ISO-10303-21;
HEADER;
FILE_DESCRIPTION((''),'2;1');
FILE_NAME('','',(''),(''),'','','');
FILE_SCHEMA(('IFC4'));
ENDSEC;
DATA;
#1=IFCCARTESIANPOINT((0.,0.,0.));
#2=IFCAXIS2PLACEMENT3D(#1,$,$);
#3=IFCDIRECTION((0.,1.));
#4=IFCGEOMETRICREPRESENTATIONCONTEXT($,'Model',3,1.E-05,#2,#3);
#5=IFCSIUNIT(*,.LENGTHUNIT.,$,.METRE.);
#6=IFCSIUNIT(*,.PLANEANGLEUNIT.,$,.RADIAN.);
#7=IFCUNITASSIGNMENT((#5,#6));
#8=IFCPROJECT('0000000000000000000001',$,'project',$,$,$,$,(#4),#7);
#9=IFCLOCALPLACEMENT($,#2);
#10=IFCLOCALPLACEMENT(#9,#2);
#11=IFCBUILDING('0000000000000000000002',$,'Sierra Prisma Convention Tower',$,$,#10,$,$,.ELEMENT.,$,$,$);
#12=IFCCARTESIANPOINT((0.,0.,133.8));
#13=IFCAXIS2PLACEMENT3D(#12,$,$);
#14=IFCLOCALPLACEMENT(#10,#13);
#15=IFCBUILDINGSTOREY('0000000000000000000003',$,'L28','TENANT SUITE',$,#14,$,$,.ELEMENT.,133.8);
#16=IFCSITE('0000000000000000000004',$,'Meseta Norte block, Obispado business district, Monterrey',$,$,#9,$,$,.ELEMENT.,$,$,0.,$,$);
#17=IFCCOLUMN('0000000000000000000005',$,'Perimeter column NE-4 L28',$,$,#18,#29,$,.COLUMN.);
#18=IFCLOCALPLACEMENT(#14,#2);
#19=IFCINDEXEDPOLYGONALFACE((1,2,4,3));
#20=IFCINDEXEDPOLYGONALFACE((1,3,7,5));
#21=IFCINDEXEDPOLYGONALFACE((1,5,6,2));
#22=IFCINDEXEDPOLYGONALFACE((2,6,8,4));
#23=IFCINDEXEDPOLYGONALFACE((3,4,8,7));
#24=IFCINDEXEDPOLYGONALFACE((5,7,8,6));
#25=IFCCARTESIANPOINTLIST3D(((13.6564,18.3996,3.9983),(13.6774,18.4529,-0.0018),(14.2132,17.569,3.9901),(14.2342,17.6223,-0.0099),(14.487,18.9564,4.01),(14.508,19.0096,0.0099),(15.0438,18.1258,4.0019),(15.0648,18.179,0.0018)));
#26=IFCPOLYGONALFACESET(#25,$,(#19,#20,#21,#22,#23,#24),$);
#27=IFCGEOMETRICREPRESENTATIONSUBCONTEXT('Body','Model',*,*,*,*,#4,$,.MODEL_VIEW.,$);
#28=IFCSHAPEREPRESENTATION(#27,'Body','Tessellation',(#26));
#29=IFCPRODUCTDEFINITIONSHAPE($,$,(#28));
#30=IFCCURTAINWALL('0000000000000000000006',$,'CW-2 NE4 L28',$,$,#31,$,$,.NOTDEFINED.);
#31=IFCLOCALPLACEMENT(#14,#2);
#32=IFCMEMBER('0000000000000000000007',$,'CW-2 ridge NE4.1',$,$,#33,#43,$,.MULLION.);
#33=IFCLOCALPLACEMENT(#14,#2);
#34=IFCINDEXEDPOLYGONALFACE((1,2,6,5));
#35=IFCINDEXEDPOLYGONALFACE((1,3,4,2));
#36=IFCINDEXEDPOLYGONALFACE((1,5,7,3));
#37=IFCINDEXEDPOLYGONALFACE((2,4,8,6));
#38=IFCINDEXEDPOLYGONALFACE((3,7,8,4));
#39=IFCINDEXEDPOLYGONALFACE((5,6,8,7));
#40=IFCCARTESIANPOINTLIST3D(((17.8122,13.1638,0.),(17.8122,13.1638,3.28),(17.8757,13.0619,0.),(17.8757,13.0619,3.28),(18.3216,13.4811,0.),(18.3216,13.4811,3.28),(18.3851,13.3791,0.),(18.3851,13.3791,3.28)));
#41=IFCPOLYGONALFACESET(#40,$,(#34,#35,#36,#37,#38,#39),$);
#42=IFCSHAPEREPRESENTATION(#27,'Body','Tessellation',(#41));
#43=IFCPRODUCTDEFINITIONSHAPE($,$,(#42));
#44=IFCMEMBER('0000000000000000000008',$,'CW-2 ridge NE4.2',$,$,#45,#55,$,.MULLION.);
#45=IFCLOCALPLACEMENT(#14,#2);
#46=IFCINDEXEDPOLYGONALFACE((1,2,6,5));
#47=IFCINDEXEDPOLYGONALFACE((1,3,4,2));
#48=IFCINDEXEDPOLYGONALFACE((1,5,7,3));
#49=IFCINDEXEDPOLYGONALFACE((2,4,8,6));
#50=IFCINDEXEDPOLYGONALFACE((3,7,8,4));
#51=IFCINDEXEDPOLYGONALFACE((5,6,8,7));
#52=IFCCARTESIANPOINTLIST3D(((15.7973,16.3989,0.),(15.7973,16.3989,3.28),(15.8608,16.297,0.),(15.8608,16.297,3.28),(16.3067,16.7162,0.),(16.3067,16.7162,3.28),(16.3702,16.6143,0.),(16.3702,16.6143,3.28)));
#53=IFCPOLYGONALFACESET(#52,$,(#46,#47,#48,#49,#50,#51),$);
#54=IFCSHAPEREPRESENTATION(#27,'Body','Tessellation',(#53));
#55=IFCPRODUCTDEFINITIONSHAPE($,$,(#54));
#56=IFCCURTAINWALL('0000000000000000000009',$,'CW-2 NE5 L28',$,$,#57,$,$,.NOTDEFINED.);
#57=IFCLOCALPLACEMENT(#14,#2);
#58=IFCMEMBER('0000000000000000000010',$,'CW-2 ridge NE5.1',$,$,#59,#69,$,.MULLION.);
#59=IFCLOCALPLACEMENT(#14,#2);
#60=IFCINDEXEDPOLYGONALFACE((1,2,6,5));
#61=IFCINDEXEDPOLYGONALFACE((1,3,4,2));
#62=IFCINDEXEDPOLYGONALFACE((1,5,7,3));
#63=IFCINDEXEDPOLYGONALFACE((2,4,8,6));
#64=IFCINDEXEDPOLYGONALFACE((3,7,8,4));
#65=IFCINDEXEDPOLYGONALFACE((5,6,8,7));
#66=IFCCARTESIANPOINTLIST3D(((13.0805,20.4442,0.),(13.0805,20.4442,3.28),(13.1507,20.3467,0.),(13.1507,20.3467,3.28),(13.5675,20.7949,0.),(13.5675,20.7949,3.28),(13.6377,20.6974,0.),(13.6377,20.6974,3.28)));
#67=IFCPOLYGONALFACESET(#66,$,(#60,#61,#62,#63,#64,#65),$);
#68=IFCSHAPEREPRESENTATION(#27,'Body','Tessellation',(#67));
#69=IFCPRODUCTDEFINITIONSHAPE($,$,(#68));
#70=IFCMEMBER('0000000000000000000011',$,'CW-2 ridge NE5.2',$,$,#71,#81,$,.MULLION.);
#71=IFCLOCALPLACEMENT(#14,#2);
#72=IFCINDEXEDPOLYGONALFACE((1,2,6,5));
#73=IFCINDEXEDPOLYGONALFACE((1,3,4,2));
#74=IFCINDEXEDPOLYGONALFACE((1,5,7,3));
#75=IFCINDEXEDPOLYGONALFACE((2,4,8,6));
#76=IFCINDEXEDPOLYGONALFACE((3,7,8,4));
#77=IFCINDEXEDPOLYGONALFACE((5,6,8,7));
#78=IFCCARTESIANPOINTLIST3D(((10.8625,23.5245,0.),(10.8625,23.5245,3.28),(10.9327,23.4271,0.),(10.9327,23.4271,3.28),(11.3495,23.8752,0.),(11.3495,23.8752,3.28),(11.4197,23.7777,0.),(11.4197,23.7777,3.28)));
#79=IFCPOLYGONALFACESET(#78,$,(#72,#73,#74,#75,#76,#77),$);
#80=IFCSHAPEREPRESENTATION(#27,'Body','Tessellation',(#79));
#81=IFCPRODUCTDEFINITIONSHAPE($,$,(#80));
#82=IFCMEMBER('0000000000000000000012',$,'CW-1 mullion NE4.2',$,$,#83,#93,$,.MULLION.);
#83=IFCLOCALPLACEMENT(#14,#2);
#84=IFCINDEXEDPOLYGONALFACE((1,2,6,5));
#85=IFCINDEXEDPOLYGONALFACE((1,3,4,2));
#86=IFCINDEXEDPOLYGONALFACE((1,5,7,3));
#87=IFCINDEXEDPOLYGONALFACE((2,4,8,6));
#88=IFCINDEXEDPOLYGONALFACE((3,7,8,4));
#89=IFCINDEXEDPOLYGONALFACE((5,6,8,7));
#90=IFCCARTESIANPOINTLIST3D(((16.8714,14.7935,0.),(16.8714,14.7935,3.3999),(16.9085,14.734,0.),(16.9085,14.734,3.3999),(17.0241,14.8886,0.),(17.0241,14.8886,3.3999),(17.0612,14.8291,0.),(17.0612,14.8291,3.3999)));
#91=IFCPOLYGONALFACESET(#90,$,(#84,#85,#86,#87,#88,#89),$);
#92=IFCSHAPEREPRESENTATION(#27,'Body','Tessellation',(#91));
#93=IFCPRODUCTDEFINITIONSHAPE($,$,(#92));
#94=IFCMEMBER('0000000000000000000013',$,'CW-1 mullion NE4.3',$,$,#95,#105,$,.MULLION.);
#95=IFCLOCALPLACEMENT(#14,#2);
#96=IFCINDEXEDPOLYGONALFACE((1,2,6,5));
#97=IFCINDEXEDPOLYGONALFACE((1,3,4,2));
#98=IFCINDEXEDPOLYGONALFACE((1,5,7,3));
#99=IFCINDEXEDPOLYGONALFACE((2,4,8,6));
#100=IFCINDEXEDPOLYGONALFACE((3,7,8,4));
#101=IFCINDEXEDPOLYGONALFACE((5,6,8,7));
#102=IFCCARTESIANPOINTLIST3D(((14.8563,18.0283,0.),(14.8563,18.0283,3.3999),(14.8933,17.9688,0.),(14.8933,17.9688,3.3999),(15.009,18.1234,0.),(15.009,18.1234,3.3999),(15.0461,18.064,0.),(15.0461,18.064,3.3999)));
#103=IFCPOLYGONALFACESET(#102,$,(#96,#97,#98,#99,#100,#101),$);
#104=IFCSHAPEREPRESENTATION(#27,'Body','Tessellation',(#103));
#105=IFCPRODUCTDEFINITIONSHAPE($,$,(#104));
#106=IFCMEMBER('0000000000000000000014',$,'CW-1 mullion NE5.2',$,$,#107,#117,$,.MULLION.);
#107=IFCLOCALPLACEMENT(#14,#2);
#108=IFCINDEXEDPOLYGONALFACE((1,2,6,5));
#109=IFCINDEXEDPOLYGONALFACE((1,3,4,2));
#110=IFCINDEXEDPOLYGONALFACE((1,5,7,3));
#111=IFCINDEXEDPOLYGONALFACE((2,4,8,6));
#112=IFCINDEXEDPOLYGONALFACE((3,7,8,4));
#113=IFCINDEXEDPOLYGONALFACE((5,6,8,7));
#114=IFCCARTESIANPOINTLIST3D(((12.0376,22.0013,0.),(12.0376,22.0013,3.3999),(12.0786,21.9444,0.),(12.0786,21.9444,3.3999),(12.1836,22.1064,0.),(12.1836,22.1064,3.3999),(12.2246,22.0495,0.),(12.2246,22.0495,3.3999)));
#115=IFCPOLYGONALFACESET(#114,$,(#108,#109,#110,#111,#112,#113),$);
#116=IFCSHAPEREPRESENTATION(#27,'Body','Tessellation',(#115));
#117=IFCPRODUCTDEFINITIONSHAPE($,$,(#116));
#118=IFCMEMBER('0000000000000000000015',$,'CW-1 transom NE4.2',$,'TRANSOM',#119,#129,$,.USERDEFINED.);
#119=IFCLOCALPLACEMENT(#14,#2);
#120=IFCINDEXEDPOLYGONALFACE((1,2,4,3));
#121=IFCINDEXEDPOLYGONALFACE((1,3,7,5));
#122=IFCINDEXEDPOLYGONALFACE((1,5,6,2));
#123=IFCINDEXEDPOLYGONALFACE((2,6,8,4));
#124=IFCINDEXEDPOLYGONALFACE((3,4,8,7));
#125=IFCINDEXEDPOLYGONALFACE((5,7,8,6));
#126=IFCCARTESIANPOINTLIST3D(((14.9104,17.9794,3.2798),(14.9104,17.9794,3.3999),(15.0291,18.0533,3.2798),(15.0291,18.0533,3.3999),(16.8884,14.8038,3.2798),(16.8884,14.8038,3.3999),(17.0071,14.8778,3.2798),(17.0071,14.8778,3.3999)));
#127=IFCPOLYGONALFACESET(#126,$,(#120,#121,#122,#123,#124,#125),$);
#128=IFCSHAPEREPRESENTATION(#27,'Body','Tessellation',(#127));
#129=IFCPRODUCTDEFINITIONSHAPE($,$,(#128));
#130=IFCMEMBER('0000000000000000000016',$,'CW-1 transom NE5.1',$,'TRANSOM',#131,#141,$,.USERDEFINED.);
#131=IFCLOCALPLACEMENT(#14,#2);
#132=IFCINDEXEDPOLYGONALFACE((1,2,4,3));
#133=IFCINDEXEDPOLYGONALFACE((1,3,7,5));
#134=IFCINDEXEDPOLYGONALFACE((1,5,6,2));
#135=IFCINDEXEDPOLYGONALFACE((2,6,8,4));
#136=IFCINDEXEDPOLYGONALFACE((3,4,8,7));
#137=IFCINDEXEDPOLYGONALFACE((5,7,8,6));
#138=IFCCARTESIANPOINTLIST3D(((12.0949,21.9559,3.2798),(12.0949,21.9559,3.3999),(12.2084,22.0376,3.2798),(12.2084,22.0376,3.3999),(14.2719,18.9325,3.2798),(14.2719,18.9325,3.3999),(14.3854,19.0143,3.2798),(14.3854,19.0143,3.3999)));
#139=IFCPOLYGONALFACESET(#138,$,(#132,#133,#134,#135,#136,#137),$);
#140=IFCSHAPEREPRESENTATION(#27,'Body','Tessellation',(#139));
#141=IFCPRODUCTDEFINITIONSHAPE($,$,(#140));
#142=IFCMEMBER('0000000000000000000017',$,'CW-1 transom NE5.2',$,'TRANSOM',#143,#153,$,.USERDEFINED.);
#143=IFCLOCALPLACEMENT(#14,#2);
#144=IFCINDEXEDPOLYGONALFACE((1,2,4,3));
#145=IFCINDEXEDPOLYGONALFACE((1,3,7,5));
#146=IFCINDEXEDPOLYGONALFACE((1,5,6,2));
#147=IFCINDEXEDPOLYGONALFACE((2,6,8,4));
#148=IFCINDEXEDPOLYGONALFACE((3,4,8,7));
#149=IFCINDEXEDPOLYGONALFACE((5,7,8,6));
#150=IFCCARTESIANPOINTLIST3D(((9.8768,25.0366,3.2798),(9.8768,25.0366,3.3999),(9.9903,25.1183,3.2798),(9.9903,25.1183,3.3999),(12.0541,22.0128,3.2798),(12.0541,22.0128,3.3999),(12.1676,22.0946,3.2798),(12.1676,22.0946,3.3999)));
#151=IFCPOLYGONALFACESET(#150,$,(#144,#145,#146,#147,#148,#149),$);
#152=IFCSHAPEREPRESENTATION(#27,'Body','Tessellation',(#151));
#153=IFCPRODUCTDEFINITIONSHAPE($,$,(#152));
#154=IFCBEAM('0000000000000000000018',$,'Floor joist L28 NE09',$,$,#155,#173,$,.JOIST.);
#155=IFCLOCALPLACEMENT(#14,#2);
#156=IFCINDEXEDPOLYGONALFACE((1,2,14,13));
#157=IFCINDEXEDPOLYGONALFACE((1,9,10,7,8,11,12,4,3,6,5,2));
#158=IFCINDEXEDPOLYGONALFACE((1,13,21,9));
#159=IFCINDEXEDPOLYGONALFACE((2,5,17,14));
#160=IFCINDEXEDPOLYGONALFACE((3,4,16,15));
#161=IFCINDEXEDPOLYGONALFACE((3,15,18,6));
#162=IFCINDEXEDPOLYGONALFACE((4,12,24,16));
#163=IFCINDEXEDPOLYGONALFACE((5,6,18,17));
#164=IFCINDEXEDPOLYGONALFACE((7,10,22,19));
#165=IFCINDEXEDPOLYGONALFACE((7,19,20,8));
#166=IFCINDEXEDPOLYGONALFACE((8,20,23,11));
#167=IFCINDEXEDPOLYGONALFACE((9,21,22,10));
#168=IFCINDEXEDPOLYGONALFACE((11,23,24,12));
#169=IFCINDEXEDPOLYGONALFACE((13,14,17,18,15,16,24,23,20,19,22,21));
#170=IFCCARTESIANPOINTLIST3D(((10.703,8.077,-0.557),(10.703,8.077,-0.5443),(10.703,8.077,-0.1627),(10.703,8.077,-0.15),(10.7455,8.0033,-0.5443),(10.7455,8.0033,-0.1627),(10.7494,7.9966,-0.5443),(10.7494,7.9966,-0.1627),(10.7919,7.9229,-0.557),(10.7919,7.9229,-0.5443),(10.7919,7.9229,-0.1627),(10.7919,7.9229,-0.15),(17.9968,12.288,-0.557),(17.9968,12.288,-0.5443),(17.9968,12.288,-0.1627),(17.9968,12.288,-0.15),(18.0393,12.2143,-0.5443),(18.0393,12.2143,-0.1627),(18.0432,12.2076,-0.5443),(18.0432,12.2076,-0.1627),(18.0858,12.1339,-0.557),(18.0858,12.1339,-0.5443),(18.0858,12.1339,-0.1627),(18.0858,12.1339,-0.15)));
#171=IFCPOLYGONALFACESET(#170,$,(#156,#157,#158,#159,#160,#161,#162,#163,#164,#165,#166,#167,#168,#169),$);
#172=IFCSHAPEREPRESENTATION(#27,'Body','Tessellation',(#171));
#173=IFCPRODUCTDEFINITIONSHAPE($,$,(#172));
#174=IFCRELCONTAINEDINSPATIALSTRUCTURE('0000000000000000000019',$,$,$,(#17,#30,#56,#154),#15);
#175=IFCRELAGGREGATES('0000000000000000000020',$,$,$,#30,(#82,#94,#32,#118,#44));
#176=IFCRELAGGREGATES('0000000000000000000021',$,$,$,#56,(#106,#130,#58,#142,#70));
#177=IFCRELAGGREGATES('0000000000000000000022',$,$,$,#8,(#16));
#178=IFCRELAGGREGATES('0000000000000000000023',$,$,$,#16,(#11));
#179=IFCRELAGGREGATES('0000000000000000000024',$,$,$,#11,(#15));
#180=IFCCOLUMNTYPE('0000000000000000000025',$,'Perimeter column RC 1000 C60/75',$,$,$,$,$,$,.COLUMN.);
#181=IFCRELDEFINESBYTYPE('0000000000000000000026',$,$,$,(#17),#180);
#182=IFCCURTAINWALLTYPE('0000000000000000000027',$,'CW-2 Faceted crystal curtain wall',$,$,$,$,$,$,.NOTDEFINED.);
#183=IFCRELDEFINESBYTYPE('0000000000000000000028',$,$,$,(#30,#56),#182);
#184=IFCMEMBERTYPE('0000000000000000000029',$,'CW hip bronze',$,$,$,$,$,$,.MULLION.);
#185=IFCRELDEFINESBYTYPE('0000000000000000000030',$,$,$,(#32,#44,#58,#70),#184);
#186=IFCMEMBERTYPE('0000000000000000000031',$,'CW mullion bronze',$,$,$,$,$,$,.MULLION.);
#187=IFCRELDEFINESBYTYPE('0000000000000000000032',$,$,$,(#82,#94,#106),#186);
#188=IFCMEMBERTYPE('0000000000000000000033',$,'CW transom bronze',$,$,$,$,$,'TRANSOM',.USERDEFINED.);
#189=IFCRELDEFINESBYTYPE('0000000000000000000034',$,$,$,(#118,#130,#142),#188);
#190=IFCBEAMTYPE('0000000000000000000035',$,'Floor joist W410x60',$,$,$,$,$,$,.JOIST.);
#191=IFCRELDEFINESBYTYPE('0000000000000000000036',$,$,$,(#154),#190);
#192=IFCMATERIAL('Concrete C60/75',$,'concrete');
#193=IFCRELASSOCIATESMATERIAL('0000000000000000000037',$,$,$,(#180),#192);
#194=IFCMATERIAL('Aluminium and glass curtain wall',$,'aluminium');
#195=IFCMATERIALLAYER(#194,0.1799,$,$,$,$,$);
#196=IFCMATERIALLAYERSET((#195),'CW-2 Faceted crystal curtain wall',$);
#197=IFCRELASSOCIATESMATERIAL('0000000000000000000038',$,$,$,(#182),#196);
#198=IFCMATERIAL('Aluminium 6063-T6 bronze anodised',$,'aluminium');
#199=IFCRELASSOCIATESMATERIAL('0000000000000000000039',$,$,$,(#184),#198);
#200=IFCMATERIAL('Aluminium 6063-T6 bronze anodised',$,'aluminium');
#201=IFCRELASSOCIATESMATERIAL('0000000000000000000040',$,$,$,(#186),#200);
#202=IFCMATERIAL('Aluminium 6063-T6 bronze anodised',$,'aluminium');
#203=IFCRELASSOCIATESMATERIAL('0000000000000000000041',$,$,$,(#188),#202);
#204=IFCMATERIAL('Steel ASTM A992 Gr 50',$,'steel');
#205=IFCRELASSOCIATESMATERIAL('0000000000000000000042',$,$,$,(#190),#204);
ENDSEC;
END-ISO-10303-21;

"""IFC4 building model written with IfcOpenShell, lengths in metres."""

from ifc_helpers import new_model, si_unit, direction, frame, origin, origin_2d, place, context, subcontext, project, spatial, rectangle, i_section, extrude, material, layer, layer_set, material_profile, profile_set, type_object, element, aggregate, save


model = new_model("IFC4")

# Units and contexts
model_context = context("Model", 3, precision=1e-05, world=origin(), true_north=direction((0.0, 1.0)))
body_context = subcontext(model_context, "Body", "Model", "MODEL_VIEW")
ifc_project = project(units=[si_unit("LENGTHUNIT", "METRE"), si_unit("PLANEANGLEUNIT", "RADIAN")], contexts=[model_context])

# Site, building, storey
site_placement = place(None, origin())
site = spatial("IfcSite", under=ifc_project, at=site_placement, Name="Meseta Norte block, Obispado business district, Monterrey", CompositionType="ELEMENT", RefElevation=0.0)
building_placement = place(site_placement, origin())
building = spatial("IfcBuilding", under=site, at=building_placement, Name="Sierra Prisma Convention Tower", CompositionType="ELEMENT")
storey_placement = place(building_placement, frame((0.0, 0.0, 133.8)))
storey = spatial("IfcBuildingStorey", under=building, at=storey_placement, Name="L28", Description="TENANT SUITE", CompositionType="ELEMENT", Elevation=133.8)

# Column
ifc_material_1 = material(Name="Concrete C60/75", Category="concrete")
ifc_material_profile_1 = material_profile(ifc_material_1, rectangle(XDim=1.0, YDim=1.0, at=origin_2d()), Name="Perimeter column RC 1000 C60/75")
ifc_profile_set_1 = profile_set([ifc_material_profile_1], Name="Concrete C60/75")
column_type = type_object("IfcColumnType", Name="Perimeter column RC 1000 C60/75", PredefinedType="COLUMN", material=ifc_profile_set_1)
column_placement = place(storey_placement, frame((14.3711, 18.3159, 0.0), z_axis=(-0.005248, -0.013304, 0.999898), x_axis=(-0.556822, 0.830592, 0.008129)))
element("IfcColumn", 1, at=column_placement, inside=storey, type_object=column_type, Name="Perimeter column NE-4 L28", PredefinedType="COLUMN", context=body_context, shape_type="SweptSolid", body=[
    extrude(rectangle(XDim=1.0, YDim=1.0, at=origin_2d()), origin(), (0.0, 0.0, 1.0), 4.0005),
])

# Curtain walls, members
ifc_material_2 = material(Name="Aluminium and glass curtain wall", Category="aluminium")
ifc_layer_1 = layer(ifc_material_2, 0.1799)
ifc_layer_set_1 = layer_set([ifc_layer_1], Name="CW-2 Faceted crystal curtain wall")
curtain_wall_type = type_object("IfcCurtainWallType", Name="CW-2 Faceted crystal curtain wall", PredefinedType="NOTDEFINED", material=ifc_layer_set_1)
curtain_wall_1_placement = place(storey_placement, origin())
curtain_wall_1 = element("IfcCurtainWall", 2, at=curtain_wall_1_placement, inside=storey, type_object=curtain_wall_type, Name="CW-2 NE4 L28", PredefinedType="NOTDEFINED")
ifc_material_3 = material(Name="Aluminium 6063-T6 bronze anodised", Category="aluminium")
ifc_material_profile_2 = material_profile(ifc_material_3, rectangle(XDim=0.1201, YDim=0.6001, at=origin_2d()), Name="ALU RIDGE BLADE 120x600")
ifc_profile_set_2 = profile_set([ifc_material_profile_2], Name="Aluminium 6063-T6 bronze anodised")
member_type_1 = type_object("IfcMemberType", Name="CW hip bronze", PredefinedType="MULLION", material=ifc_profile_set_2)
member_1_placement = place(storey_placement, frame((18.0986, 13.2715, 0.0), z_axis=(0.0, 0.0, 1.0), x_axis=(-0.528711, 0.848802, 0.0)))
member_1 = element("IfcMember", 3, at=member_1_placement, type_object=member_type_1, Name="CW-2 ridge NE4.1", PredefinedType="MULLION", context=body_context, shape_type="SweptSolid", body=[
    extrude(rectangle(XDim=0.1201, YDim=0.6001, at=origin_2d()), origin(), (0.0, 0.0, 1.0), 3.28),
])
member_2_placement = place(storey_placement, frame((16.0837, 16.5066, 0.0), z_axis=(0.0, 0.0, 1.0), x_axis=(-0.528711, 0.848802, 0.0)))
member_2 = element("IfcMember", 4, at=member_2_placement, type_object=member_type_1, Name="CW-2 ridge NE4.2", PredefinedType="MULLION", context=body_context, shape_type="SweptSolid", body=[
    extrude(rectangle(XDim=0.1201, YDim=0.6001, at=origin_2d()), origin(), (0.0, 0.0, 1.0), 3.28),
])
curtain_wall_2_placement = place(storey_placement, origin())
curtain_wall_2 = element("IfcCurtainWall", 5, at=curtain_wall_2_placement, inside=storey, type_object=curtain_wall_type, Name="CW-2 NE5 L28", PredefinedType="NOTDEFINED")
member_3_placement = place(storey_placement, frame((13.3591, 20.5708, 0.0), z_axis=(0.0, 0.0, 1.0), x_axis=(-0.584324, 0.811521, 0.0)))
member_3 = element("IfcMember", 6, at=member_3_placement, type_object=member_type_1, Name="CW-2 ridge NE5.1", PredefinedType="MULLION", context=body_context, shape_type="SweptSolid", body=[
    extrude(rectangle(XDim=0.1201, YDim=0.6001, at=origin_2d()), origin(), (0.0, 0.0, 1.0), 3.28),
])
member_4_placement = place(storey_placement, frame((11.1411, 23.6511, 0.0), z_axis=(0.0, 0.0, 1.0), x_axis=(-0.584324, 0.811521, 0.0)))
member_4 = element("IfcMember", 7, at=member_4_placement, type_object=member_type_1, Name="CW-2 ridge NE5.2", PredefinedType="MULLION", context=body_context, shape_type="SweptSolid", body=[
    extrude(rectangle(XDim=0.1201, YDim=0.6001, at=origin_2d()), origin(), (0.0, 0.0, 1.0), 3.28),
])

# Members
ifc_material_4 = material(Name="Aluminium 6063-T6 bronze anodised", Category="aluminium")
ifc_material_profile_3 = material_profile(ifc_material_4, rectangle(XDim=0.1799, YDim=0.0701, at=origin_2d()), Name="ALU MULLION 70x180")
ifc_profile_set_3 = profile_set([ifc_material_profile_3], Name="Aluminium 6063-T6 bronze anodised")
member_type_2 = type_object("IfcMemberType", Name="CW mullion bronze", PredefinedType="MULLION", material=ifc_profile_set_3)
member_5_placement = place(storey_placement, frame((16.9663, 14.8113, 0.0), z_axis=(0.0, 0.0, 1.0), x_axis=(-0.848802, -0.528711, 0.0)))
member_5 = element("IfcMember", 8, at=member_5_placement, type_object=member_type_2, Name="CW-1 mullion NE4.2", PredefinedType="MULLION", context=body_context, shape_type="SweptSolid", body=[
    extrude(rectangle(XDim=0.1799, YDim=0.0701, at=origin_2d()), origin(), (0.0, 0.0, 1.0), 3.3999),
])
member_6_placement = place(storey_placement, frame((14.9512, 18.0461, 0.0), z_axis=(0.0, 0.0, 1.0), x_axis=(-0.848802, -0.528711, 0.0)))
member_6 = element("IfcMember", 9, at=member_6_placement, type_object=member_type_2, Name="CW-1 mullion NE4.3", PredefinedType="MULLION", context=body_context, shape_type="SweptSolid", body=[
    extrude(rectangle(XDim=0.1799, YDim=0.0701, at=origin_2d()), origin(), (0.0, 0.0, 1.0), 3.3999),
])
member_7_placement = place(storey_placement, frame((12.1311, 22.0254, 0.0), z_axis=(0.0, 0.0, 1.0), x_axis=(-0.811521, -0.584324, 0.0)))
member_7 = element("IfcMember", 10, at=member_7_placement, type_object=member_type_2, Name="CW-1 mullion NE5.2", PredefinedType="MULLION", context=body_context, shape_type="SweptSolid", body=[
    extrude(rectangle(XDim=0.1799, YDim=0.0701, at=origin_2d()), origin(), (0.0, 0.0, 1.0), 3.3999),
])
ifc_material_5 = material(Name="Aluminium 6063-T6 bronze anodised", Category="aluminium")
ifc_material_profile_4 = material_profile(ifc_material_5, rectangle(XDim=0.1399, YDim=0.1201, at=origin_2d()), Name="ALU TRANSOM 120x140")
ifc_profile_set_4 = profile_set([ifc_material_profile_4], Name="Aluminium 6063-T6 bronze anodised")
member_type_3 = type_object("IfcMemberType", Name="CW transom bronze", ElementType="TRANSOM", PredefinedType="USERDEFINED", material=ifc_profile_set_4)
member_8_placement = place(storey_placement, frame((16.9478, 14.8408, 3.3398), z_axis=(-0.528714, 0.8488, 0.0), x_axis=(-0.8488, -0.528714, 0.0)))
member_8 = element("IfcMember", 11, at=member_8_placement, type_object=member_type_3, Name="CW-1 transom NE4.2", ObjectType="TRANSOM", PredefinedType="USERDEFINED", context=body_context, shape_type="SweptSolid", body=[
    extrude(rectangle(XDim=0.1399, YDim=0.1201, at=origin_2d()), origin(), (0.0, 0.0, 1.0), 3.7412),
])
member_9_placement = place(storey_placement, frame((14.3286, 18.9734, 3.3398), z_axis=(-0.584327, 0.811518, 0.0), x_axis=(-0.811518, -0.584327, 0.0)))
member_9 = element("IfcMember", 12, at=member_9_placement, type_object=member_type_3, Name="CW-1 transom NE5.1", ObjectType="TRANSOM", PredefinedType="USERDEFINED", context=body_context, shape_type="SweptSolid", body=[
    extrude(rectangle(XDim=0.1399, YDim=0.1201, at=origin_2d()), origin(), (0.0, 0.0, 1.0), 3.7256),
])
member_10_placement = place(storey_placement, frame((12.1108, 22.0537, 3.3398), z_axis=(-0.584339, 0.811509, 0.0), x_axis=(-0.811509, -0.584339, 0.0)))
member_10 = element("IfcMember", 13, at=member_10_placement, type_object=member_type_3, Name="CW-1 transom NE5.2", ObjectType="TRANSOM", PredefinedType="USERDEFINED", context=body_context, shape_type="SweptSolid", body=[
    extrude(rectangle(XDim=0.1399, YDim=0.1201, at=origin_2d()), origin(), (0.0, 0.0, 1.0), 3.7261),
])

# Beam
ifc_material_6 = material(Name="Steel ASTM A992 Gr 50", Category="steel")
ifc_material_profile_5 = material_profile(ifc_material_6, i_section(OverallWidth=0.178, OverallDepth=0.407, WebThickness=0.0078, FlangeThickness=0.0127, at=origin_2d()), Name="W410x60")
ifc_profile_set_5 = profile_set([ifc_material_profile_5], Name="Steel ASTM A992 Gr 50")
beam_type_1 = type_object("IfcBeamType", Name="Floor joist W410x60", PredefinedType="JOIST", material=ifc_profile_set_5)
beam_1_placement = place(storey_placement, frame((18.0413, 12.2109, -0.3535), z_axis=(-0.86603, -0.499993, 0.0), x_axis=(0.499993, -0.86603, 0.0)))
element("IfcBeam", 14, at=beam_1_placement, inside=storey, type_object=beam_type_1, Name="Floor joist L28 NE09", PredefinedType="JOIST", context=body_context, shape_type="SweptSolid", body=[
    extrude(i_section(OverallWidth=0.178, OverallDepth=0.407, WebThickness=0.0078, FlangeThickness=0.0127, at=origin_2d()), origin(), (0.0, 0.0, 1.0), 8.4221),
])

aggregate(curtain_wall_1, [member_5, member_6, member_1, member_8, member_2])
aggregate(curtain_wall_2, [member_7, member_9, member_3, member_10, member_4])

save(model, "model.ifc")
